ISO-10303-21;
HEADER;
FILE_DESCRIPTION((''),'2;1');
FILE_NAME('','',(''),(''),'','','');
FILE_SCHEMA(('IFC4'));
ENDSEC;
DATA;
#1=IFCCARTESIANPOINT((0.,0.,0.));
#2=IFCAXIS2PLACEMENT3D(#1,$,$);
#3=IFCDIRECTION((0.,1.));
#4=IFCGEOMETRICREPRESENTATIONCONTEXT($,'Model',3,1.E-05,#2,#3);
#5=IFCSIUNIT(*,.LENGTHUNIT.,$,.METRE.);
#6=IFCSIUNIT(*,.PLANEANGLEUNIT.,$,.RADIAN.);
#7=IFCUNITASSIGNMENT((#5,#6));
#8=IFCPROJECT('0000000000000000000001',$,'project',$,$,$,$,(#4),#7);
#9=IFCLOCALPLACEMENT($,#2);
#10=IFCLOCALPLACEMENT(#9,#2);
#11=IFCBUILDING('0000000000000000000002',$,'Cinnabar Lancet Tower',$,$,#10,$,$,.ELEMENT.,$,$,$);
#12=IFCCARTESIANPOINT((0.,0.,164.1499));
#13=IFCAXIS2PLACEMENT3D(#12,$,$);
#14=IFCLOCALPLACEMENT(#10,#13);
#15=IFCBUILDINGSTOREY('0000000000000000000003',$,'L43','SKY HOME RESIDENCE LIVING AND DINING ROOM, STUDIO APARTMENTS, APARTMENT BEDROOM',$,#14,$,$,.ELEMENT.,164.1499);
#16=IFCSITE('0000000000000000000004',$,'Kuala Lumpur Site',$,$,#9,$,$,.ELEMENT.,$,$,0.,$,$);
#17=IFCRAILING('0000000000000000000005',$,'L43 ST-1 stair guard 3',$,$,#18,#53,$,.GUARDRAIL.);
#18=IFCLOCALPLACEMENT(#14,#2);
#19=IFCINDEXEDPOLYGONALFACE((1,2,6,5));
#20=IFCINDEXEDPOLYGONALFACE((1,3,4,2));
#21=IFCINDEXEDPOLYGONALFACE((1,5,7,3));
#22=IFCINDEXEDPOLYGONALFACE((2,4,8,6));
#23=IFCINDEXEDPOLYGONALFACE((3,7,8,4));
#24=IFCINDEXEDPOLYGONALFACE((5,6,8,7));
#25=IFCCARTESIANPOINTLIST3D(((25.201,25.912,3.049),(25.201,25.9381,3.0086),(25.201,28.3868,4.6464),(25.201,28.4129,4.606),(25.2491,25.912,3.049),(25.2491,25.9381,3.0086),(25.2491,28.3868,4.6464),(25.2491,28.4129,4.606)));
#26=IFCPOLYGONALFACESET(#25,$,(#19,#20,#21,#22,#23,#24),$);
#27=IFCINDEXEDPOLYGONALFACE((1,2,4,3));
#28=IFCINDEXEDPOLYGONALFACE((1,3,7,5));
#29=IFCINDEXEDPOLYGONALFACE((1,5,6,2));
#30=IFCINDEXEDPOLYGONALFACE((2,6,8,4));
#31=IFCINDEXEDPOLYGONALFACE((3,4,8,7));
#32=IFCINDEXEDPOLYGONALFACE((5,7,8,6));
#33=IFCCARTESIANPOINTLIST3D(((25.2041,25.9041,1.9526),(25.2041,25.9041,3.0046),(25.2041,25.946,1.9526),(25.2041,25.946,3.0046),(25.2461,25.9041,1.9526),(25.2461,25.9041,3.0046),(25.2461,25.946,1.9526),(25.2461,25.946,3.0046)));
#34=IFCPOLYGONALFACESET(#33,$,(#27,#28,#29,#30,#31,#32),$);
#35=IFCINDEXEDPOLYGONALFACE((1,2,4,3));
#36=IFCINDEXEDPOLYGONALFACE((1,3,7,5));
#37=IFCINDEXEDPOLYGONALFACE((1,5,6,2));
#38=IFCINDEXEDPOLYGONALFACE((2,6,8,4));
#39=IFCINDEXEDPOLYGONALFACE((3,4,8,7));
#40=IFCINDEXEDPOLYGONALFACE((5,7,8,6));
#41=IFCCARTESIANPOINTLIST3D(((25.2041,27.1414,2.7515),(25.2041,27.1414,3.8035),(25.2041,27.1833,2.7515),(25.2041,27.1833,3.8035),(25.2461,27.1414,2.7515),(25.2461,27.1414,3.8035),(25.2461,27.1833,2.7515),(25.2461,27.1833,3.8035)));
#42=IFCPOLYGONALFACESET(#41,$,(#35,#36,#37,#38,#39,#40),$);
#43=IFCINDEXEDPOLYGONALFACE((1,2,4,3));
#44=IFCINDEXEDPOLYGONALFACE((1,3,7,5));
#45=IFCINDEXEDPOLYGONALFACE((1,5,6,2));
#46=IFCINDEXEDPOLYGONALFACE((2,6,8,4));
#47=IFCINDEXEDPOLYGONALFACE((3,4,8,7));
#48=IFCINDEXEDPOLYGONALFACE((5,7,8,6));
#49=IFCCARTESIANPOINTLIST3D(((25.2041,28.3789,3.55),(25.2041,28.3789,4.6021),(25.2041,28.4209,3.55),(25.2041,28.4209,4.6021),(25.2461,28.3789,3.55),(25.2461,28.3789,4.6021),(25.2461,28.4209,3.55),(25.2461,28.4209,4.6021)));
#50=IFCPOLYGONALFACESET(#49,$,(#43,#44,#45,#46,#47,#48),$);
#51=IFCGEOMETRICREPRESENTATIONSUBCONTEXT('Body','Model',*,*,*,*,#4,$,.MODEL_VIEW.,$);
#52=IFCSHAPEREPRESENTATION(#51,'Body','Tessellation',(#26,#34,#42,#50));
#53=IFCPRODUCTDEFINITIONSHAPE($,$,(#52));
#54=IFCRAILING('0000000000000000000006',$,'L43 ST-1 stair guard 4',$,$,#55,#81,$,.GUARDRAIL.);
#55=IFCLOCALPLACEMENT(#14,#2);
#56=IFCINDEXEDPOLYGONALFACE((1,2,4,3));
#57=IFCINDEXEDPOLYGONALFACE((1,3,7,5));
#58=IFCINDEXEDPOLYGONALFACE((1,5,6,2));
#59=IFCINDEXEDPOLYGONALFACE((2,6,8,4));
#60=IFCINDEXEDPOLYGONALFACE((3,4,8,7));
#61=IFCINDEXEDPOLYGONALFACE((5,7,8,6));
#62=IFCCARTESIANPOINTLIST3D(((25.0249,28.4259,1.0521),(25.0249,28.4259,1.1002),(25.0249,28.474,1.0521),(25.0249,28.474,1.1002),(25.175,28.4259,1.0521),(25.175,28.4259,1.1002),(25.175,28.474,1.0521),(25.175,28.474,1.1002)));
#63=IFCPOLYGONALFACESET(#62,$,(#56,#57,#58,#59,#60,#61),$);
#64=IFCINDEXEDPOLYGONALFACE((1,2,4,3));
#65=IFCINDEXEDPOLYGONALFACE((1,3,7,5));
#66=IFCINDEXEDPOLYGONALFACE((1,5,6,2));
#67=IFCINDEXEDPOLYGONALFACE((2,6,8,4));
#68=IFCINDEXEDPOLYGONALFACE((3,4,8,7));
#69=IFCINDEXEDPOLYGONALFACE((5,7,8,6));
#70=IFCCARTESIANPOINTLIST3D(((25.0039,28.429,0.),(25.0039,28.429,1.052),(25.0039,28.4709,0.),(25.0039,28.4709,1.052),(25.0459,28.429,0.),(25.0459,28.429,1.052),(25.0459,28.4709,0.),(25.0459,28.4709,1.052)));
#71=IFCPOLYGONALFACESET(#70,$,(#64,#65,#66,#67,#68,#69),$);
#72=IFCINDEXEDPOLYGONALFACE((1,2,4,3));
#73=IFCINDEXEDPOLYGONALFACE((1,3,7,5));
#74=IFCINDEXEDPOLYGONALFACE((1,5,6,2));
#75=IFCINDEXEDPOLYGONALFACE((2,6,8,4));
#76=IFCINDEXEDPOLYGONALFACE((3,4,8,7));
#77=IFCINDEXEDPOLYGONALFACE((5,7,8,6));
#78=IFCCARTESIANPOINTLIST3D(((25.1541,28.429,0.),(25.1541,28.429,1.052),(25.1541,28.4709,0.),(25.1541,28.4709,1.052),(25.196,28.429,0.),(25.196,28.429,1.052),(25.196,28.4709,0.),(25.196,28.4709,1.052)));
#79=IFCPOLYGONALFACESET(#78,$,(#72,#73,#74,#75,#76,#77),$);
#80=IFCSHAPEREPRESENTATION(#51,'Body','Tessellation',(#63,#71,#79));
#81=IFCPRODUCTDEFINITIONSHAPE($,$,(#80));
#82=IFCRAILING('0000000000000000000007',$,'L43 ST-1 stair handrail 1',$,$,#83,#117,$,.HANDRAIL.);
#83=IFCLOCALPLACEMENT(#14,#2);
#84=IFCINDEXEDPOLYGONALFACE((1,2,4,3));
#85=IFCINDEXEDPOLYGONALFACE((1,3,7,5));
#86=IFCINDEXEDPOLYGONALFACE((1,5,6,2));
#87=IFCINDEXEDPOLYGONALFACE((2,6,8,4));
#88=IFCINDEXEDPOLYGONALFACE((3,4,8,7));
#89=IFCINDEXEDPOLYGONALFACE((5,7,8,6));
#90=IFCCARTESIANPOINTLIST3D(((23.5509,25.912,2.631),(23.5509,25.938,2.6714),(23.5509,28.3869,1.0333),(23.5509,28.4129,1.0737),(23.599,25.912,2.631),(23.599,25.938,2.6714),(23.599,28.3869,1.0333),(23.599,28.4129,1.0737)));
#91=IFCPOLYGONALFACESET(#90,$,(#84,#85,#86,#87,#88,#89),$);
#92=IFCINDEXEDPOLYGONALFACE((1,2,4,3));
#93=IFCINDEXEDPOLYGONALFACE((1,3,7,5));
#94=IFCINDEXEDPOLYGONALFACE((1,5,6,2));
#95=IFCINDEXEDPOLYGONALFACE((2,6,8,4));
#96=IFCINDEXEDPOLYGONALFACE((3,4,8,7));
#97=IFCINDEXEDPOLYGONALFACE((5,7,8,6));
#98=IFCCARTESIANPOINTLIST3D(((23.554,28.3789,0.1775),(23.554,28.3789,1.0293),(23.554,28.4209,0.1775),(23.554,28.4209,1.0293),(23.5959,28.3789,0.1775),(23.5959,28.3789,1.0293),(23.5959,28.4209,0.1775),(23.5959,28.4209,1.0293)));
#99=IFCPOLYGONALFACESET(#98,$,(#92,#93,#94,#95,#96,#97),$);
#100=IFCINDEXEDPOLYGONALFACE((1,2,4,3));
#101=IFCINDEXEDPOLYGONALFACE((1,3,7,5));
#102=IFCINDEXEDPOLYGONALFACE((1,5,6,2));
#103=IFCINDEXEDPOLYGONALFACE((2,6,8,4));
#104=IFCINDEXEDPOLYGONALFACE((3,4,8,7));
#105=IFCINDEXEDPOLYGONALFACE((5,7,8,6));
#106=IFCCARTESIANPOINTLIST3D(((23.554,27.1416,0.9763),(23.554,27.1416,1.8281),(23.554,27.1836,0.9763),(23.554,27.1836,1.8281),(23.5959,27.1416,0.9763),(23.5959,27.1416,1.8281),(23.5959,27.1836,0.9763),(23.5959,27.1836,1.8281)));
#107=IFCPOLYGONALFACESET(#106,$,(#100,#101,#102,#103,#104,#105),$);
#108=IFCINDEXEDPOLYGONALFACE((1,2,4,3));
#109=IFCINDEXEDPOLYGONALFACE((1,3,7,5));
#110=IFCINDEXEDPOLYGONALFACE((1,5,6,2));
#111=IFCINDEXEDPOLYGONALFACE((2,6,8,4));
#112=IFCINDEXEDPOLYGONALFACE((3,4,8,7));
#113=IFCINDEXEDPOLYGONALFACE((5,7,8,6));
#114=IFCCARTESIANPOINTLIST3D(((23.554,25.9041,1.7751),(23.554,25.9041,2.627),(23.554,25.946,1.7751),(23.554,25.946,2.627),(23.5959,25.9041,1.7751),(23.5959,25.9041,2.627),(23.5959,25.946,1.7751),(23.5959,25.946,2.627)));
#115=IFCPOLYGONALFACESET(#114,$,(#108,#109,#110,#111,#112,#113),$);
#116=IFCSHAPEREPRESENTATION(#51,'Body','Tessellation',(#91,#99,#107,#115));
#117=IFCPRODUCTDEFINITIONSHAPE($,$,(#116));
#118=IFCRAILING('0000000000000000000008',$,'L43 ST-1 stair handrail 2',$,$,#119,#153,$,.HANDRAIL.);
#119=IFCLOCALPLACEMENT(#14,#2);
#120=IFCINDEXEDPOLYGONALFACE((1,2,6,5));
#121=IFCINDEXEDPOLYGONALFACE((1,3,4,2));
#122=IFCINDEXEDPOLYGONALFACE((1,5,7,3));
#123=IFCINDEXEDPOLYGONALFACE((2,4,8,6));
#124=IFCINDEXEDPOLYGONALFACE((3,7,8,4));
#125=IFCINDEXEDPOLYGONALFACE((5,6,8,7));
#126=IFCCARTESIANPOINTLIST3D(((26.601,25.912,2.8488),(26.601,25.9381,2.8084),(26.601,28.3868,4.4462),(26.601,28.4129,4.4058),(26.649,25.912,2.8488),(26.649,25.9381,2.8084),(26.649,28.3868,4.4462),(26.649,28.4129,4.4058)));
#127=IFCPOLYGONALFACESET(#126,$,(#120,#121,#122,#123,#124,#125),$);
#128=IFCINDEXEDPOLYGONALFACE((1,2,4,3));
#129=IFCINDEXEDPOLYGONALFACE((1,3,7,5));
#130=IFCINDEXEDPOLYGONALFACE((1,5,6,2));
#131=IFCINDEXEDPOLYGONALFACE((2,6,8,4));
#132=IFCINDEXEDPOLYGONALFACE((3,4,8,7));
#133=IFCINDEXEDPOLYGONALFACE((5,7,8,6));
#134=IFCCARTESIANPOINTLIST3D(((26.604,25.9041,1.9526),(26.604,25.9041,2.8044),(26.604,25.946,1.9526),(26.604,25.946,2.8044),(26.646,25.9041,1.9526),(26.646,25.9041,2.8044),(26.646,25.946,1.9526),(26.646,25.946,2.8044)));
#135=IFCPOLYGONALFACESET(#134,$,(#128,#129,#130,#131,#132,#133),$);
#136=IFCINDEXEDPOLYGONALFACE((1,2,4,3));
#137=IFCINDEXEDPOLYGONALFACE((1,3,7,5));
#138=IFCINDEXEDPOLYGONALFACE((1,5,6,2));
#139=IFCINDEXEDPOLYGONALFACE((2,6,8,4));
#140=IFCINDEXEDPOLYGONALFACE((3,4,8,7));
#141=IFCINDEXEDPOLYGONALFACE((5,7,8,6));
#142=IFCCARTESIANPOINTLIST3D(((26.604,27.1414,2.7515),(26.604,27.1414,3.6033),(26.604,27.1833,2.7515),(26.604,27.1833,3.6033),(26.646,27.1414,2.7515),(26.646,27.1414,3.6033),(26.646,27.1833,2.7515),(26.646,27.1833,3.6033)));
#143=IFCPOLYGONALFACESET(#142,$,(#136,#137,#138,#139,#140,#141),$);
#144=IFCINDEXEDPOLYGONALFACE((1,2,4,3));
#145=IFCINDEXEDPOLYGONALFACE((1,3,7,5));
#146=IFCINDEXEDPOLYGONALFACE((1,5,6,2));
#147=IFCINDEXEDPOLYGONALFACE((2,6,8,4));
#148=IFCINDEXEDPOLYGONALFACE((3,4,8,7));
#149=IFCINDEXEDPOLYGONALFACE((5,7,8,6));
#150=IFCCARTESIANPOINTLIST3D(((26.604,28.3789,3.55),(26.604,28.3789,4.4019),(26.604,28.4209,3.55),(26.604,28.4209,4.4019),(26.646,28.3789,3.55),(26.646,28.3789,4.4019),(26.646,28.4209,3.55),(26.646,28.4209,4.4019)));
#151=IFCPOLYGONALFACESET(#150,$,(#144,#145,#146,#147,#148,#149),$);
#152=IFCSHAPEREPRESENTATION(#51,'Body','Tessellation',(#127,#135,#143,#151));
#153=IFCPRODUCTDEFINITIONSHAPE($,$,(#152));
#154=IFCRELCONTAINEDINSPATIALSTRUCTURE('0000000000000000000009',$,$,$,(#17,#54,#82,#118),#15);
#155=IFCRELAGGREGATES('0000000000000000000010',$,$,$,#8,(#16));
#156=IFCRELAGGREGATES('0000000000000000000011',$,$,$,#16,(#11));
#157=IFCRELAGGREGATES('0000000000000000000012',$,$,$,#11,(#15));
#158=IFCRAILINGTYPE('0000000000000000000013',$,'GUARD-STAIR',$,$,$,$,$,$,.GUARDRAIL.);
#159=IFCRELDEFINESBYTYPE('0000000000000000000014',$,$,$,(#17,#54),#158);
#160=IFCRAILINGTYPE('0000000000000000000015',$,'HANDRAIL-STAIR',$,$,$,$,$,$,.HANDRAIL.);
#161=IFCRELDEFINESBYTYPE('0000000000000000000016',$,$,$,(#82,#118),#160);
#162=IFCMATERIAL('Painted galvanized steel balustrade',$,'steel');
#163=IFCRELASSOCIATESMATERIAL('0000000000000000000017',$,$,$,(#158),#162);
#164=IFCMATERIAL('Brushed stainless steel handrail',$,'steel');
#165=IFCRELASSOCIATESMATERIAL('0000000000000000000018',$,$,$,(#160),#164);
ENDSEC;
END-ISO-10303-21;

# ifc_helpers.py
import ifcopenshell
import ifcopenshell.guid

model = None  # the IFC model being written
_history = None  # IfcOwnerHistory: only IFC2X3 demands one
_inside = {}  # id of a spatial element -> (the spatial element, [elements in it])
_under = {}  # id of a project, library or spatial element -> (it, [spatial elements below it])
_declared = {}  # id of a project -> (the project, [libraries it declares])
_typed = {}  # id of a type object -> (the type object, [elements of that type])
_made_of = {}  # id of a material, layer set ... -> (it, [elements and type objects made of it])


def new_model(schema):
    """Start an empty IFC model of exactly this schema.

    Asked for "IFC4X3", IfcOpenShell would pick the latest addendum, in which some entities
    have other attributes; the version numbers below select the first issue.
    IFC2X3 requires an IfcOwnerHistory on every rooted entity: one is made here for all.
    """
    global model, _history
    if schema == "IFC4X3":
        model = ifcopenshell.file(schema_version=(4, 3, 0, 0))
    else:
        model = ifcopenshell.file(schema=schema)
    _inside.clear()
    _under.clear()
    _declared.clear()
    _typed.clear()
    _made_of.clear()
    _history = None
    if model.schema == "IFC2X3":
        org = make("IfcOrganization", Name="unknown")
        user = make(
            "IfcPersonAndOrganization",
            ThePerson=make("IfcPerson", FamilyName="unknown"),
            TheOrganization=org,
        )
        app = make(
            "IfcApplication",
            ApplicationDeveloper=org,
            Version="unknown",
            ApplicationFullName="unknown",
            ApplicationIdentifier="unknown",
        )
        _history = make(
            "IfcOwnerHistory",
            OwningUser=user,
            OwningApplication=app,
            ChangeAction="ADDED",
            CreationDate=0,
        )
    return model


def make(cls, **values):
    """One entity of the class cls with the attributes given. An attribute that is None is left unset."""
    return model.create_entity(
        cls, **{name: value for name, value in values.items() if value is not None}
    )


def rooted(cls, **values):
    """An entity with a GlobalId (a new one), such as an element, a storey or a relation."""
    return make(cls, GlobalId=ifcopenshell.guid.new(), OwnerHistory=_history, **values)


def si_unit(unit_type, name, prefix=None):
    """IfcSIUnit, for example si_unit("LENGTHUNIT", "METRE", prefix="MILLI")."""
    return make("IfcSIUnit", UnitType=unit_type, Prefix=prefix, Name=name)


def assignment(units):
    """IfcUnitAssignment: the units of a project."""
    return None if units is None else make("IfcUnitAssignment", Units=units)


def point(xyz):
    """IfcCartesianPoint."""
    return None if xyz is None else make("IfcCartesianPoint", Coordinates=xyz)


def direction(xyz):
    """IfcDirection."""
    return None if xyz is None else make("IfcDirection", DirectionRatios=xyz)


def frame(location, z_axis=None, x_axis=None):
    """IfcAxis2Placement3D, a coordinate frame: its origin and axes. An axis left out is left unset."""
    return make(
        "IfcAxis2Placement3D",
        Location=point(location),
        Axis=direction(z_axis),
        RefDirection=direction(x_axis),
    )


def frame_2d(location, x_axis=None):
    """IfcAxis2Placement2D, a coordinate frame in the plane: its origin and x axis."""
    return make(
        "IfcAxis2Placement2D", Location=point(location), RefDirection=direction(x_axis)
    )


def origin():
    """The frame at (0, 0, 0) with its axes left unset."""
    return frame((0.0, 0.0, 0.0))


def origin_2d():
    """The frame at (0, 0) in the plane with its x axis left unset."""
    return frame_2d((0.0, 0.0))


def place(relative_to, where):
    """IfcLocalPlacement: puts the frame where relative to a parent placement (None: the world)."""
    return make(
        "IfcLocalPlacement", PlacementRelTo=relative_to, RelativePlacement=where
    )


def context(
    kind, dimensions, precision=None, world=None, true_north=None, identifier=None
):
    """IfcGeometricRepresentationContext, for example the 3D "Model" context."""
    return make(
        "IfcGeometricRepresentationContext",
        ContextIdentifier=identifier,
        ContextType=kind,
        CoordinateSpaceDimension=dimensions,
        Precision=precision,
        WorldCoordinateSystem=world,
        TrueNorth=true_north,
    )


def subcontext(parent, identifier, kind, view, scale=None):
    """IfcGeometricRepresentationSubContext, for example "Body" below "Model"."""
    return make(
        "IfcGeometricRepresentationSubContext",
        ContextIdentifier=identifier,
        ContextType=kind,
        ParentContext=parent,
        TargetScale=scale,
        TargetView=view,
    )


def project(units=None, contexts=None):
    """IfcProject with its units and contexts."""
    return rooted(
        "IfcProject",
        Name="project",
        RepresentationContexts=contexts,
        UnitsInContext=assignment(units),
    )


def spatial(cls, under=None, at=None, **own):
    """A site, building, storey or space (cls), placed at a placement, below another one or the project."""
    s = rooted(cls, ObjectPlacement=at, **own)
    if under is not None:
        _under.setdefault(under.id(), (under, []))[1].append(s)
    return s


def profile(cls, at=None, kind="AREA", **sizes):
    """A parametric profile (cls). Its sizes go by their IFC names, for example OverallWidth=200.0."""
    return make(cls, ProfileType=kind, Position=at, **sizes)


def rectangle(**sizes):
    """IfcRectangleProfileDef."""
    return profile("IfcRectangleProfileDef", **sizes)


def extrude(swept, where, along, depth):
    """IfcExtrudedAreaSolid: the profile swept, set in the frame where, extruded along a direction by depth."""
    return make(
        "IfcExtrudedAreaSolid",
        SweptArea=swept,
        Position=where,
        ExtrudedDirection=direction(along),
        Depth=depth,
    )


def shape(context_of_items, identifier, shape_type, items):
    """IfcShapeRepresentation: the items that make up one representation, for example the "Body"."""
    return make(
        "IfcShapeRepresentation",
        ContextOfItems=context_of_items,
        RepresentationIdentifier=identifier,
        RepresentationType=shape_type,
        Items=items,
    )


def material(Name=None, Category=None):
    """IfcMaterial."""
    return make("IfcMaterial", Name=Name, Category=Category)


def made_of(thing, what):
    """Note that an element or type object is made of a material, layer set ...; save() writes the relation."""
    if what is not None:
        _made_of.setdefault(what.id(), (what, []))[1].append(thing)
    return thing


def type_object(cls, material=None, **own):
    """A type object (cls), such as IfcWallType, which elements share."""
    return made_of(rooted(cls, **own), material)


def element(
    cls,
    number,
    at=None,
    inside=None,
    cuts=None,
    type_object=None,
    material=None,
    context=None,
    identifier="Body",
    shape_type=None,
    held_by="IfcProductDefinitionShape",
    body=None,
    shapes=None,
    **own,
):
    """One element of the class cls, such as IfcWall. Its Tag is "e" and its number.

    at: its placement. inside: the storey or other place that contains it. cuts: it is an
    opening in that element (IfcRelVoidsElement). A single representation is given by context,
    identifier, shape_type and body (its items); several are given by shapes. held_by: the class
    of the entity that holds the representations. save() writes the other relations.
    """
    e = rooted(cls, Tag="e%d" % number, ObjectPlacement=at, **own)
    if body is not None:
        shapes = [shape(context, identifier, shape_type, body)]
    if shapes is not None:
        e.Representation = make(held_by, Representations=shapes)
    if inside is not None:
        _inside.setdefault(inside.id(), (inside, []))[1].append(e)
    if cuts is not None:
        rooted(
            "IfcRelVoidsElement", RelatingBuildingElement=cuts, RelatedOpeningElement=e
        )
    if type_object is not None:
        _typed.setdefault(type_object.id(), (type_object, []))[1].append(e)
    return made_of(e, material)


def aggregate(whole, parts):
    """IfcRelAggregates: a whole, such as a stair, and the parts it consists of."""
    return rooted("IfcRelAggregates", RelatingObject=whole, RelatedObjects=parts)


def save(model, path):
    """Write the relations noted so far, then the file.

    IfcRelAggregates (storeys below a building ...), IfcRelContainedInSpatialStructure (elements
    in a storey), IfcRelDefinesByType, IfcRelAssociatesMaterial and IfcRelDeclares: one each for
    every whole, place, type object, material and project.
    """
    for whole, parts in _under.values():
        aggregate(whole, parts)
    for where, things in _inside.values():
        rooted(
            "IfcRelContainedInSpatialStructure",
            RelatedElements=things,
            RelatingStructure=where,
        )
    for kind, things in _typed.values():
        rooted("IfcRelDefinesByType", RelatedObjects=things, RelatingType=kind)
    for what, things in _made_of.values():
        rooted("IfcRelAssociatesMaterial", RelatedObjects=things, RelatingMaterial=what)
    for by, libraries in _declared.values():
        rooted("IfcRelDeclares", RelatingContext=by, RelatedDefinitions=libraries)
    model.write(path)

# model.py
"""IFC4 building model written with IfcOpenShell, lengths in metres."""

from ifc_helpers import new_model, si_unit, direction, frame, origin, origin_2d, place, context, subcontext, project, spatial, rectangle, extrude, material, type_object, element, save


model = new_model("IFC4")

# Units and contexts
model_context = context("Model", 3, precision=1e-05, world=origin(), true_north=direction((0.0, 1.0)))
body_context = subcontext(model_context, "Body", "Model", "MODEL_VIEW")
ifc_project = project(units=[si_unit("LENGTHUNIT", "METRE"), si_unit("PLANEANGLEUNIT", "RADIAN")], contexts=[model_context])

# Site, building, storey
site_placement = place(None, origin())
site = spatial("IfcSite", under=ifc_project, at=site_placement, Name="Kuala Lumpur Site", CompositionType="ELEMENT", RefElevation=0.0)
building_placement = place(site_placement, origin())
building = spatial("IfcBuilding", under=site, at=building_placement, Name="Cinnabar Lancet Tower", CompositionType="ELEMENT")
storey_placement = place(building_placement, frame((0.0, 0.0, 164.1499)))
storey = spatial("IfcBuildingStorey", under=building, at=storey_placement, Name="L43", Description="SKY HOME RESIDENCE LIVING AND DINING ROOM, STUDIO APARTMENTS, APARTMENT BEDROOM", CompositionType="ELEMENT", Elevation=164.1499)

# Railings
ifc_material_1 = material(Name="Painted galvanized steel balustrade", Category="steel")
railing_type_1 = type_object("IfcRailingType", Name="GUARD-STAIR", PredefinedType="GUARDRAIL", material=ifc_material_1)
railing_1_placement = place(storey_placement, frame((25.2251, 25.925, 1.9526)))
element("IfcRailing", 1, at=railing_1_placement, inside=storey, type_object=railing_type_1, Name="L43 ST-1 stair guard 3", PredefinedType="GUARDRAIL", context=body_context, shape_type="SweptSolid", body=[
    extrude(rectangle(XDim=0.0481, YDim=0.0481, at=origin_2d()), frame((0.0, 0.0, 1.0762), z_axis=(0.0, 0.840183, 0.542302), x_axis=(-1.0, 0.0, 0.0)), (0.0, 0.0, 1.0), 2.9456),
    extrude(rectangle(XDim=0.042, YDim=0.042, at=origin_2d()), origin(), (0.0, 0.0, 1.0), 1.052),
    extrude(rectangle(XDim=0.042, YDim=0.042, at=origin_2d()), frame((0.0, 1.2373, 0.7988)), (0.0, 0.0, 1.0), 1.052),
    extrude(rectangle(XDim=0.042, YDim=0.042, at=origin_2d()), frame((0.0, 2.4749, 1.5974)), (0.0, 0.0, 1.0), 1.052),
])
railing_2_placement = place(storey_placement, frame((25.0249, 28.45, 0.0)))
element("IfcRailing", 2, at=railing_2_placement, inside=storey, type_object=railing_type_1, Name="L43 ST-1 stair guard 4", PredefinedType="GUARDRAIL", context=body_context, shape_type="SweptSolid", body=[
    extrude(rectangle(XDim=0.0481, YDim=0.0481, at=origin_2d()), frame((0.0, 0.0, 1.0762), z_axis=(1.0, 0.0, 0.0), x_axis=(0.0, 1.0, 0.0)), (0.0, 0.0, 1.0), 0.1501),
    extrude(rectangle(XDim=0.042, YDim=0.042, at=origin_2d()), origin(), (0.0, 0.0, 1.0), 1.052),
    extrude(rectangle(XDim=0.042, YDim=0.042, at=origin_2d()), frame((0.1501, 0.0, 0.0)), (0.0, 0.0, 1.0), 1.052),
])
ifc_material_2 = material(Name="Brushed stainless steel handrail", Category="steel")
railing_type_2 = type_object("IfcRailingType", Name="HANDRAIL-STAIR", PredefinedType="HANDRAIL", material=ifc_material_2)
railing_3_placement = place(storey_placement, frame((23.575, 28.3999, 0.1775)))
element("IfcRailing", 3, at=railing_3_placement, inside=storey, type_object=railing_type_2, Name="L43 ST-1 stair handrail 1", PredefinedType="HANDRAIL", context=body_context, shape_type="SweptSolid", body=[
    extrude(rectangle(XDim=0.0481, YDim=0.0481, at=origin_2d()), frame((0.0, 0.0, 0.876), z_axis=(0.0, -0.840146, 0.542361), x_axis=(1.0, 0.0, 0.0)), (0.0, 0.0, 1.0), 2.9458),
    extrude(rectangle(XDim=0.042, YDim=0.042, at=origin_2d()), origin(), (0.0, 0.0, 1.0), 0.8518),
    extrude(rectangle(XDim=0.042, YDim=0.042, at=origin_2d()), frame((0.0, -1.2373, 0.7988)), (0.0, 0.0, 1.0), 0.8518),
    extrude(rectangle(XDim=0.042, YDim=0.042, at=origin_2d()), frame((0.0, -2.4749, 1.5977)), (0.0, 0.0, 1.0), 0.8518),
])
railing_4_placement = place(storey_placement, frame((26.625, 25.925, 1.9526)))
element("IfcRailing", 4, at=railing_4_placement, inside=storey, type_object=railing_type_2, Name="L43 ST-1 stair handrail 2", PredefinedType="HANDRAIL", context=body_context, shape_type="SweptSolid", body=[
    extrude(rectangle(XDim=0.0481, YDim=0.0481, at=origin_2d()), frame((0.0, 0.0, 0.876), z_axis=(0.0, 0.840183, 0.542302), x_axis=(-1.0, 0.0, 0.0)), (0.0, 0.0, 1.0), 2.9456),
    extrude(rectangle(XDim=0.042, YDim=0.042, at=origin_2d()), origin(), (0.0, 0.0, 1.0), 0.8518),
    extrude(rectangle(XDim=0.042, YDim=0.042, at=origin_2d()), frame((0.0, 1.2373, 0.7988)), (0.0, 0.0, 1.0), 0.8518),
    extrude(rectangle(XDim=0.042, YDim=0.042, at=origin_2d()), frame((0.0, 2.4749, 1.5974)), (0.0, 0.0, 1.0), 0.8518),
])

save(model, "model.ifc")
